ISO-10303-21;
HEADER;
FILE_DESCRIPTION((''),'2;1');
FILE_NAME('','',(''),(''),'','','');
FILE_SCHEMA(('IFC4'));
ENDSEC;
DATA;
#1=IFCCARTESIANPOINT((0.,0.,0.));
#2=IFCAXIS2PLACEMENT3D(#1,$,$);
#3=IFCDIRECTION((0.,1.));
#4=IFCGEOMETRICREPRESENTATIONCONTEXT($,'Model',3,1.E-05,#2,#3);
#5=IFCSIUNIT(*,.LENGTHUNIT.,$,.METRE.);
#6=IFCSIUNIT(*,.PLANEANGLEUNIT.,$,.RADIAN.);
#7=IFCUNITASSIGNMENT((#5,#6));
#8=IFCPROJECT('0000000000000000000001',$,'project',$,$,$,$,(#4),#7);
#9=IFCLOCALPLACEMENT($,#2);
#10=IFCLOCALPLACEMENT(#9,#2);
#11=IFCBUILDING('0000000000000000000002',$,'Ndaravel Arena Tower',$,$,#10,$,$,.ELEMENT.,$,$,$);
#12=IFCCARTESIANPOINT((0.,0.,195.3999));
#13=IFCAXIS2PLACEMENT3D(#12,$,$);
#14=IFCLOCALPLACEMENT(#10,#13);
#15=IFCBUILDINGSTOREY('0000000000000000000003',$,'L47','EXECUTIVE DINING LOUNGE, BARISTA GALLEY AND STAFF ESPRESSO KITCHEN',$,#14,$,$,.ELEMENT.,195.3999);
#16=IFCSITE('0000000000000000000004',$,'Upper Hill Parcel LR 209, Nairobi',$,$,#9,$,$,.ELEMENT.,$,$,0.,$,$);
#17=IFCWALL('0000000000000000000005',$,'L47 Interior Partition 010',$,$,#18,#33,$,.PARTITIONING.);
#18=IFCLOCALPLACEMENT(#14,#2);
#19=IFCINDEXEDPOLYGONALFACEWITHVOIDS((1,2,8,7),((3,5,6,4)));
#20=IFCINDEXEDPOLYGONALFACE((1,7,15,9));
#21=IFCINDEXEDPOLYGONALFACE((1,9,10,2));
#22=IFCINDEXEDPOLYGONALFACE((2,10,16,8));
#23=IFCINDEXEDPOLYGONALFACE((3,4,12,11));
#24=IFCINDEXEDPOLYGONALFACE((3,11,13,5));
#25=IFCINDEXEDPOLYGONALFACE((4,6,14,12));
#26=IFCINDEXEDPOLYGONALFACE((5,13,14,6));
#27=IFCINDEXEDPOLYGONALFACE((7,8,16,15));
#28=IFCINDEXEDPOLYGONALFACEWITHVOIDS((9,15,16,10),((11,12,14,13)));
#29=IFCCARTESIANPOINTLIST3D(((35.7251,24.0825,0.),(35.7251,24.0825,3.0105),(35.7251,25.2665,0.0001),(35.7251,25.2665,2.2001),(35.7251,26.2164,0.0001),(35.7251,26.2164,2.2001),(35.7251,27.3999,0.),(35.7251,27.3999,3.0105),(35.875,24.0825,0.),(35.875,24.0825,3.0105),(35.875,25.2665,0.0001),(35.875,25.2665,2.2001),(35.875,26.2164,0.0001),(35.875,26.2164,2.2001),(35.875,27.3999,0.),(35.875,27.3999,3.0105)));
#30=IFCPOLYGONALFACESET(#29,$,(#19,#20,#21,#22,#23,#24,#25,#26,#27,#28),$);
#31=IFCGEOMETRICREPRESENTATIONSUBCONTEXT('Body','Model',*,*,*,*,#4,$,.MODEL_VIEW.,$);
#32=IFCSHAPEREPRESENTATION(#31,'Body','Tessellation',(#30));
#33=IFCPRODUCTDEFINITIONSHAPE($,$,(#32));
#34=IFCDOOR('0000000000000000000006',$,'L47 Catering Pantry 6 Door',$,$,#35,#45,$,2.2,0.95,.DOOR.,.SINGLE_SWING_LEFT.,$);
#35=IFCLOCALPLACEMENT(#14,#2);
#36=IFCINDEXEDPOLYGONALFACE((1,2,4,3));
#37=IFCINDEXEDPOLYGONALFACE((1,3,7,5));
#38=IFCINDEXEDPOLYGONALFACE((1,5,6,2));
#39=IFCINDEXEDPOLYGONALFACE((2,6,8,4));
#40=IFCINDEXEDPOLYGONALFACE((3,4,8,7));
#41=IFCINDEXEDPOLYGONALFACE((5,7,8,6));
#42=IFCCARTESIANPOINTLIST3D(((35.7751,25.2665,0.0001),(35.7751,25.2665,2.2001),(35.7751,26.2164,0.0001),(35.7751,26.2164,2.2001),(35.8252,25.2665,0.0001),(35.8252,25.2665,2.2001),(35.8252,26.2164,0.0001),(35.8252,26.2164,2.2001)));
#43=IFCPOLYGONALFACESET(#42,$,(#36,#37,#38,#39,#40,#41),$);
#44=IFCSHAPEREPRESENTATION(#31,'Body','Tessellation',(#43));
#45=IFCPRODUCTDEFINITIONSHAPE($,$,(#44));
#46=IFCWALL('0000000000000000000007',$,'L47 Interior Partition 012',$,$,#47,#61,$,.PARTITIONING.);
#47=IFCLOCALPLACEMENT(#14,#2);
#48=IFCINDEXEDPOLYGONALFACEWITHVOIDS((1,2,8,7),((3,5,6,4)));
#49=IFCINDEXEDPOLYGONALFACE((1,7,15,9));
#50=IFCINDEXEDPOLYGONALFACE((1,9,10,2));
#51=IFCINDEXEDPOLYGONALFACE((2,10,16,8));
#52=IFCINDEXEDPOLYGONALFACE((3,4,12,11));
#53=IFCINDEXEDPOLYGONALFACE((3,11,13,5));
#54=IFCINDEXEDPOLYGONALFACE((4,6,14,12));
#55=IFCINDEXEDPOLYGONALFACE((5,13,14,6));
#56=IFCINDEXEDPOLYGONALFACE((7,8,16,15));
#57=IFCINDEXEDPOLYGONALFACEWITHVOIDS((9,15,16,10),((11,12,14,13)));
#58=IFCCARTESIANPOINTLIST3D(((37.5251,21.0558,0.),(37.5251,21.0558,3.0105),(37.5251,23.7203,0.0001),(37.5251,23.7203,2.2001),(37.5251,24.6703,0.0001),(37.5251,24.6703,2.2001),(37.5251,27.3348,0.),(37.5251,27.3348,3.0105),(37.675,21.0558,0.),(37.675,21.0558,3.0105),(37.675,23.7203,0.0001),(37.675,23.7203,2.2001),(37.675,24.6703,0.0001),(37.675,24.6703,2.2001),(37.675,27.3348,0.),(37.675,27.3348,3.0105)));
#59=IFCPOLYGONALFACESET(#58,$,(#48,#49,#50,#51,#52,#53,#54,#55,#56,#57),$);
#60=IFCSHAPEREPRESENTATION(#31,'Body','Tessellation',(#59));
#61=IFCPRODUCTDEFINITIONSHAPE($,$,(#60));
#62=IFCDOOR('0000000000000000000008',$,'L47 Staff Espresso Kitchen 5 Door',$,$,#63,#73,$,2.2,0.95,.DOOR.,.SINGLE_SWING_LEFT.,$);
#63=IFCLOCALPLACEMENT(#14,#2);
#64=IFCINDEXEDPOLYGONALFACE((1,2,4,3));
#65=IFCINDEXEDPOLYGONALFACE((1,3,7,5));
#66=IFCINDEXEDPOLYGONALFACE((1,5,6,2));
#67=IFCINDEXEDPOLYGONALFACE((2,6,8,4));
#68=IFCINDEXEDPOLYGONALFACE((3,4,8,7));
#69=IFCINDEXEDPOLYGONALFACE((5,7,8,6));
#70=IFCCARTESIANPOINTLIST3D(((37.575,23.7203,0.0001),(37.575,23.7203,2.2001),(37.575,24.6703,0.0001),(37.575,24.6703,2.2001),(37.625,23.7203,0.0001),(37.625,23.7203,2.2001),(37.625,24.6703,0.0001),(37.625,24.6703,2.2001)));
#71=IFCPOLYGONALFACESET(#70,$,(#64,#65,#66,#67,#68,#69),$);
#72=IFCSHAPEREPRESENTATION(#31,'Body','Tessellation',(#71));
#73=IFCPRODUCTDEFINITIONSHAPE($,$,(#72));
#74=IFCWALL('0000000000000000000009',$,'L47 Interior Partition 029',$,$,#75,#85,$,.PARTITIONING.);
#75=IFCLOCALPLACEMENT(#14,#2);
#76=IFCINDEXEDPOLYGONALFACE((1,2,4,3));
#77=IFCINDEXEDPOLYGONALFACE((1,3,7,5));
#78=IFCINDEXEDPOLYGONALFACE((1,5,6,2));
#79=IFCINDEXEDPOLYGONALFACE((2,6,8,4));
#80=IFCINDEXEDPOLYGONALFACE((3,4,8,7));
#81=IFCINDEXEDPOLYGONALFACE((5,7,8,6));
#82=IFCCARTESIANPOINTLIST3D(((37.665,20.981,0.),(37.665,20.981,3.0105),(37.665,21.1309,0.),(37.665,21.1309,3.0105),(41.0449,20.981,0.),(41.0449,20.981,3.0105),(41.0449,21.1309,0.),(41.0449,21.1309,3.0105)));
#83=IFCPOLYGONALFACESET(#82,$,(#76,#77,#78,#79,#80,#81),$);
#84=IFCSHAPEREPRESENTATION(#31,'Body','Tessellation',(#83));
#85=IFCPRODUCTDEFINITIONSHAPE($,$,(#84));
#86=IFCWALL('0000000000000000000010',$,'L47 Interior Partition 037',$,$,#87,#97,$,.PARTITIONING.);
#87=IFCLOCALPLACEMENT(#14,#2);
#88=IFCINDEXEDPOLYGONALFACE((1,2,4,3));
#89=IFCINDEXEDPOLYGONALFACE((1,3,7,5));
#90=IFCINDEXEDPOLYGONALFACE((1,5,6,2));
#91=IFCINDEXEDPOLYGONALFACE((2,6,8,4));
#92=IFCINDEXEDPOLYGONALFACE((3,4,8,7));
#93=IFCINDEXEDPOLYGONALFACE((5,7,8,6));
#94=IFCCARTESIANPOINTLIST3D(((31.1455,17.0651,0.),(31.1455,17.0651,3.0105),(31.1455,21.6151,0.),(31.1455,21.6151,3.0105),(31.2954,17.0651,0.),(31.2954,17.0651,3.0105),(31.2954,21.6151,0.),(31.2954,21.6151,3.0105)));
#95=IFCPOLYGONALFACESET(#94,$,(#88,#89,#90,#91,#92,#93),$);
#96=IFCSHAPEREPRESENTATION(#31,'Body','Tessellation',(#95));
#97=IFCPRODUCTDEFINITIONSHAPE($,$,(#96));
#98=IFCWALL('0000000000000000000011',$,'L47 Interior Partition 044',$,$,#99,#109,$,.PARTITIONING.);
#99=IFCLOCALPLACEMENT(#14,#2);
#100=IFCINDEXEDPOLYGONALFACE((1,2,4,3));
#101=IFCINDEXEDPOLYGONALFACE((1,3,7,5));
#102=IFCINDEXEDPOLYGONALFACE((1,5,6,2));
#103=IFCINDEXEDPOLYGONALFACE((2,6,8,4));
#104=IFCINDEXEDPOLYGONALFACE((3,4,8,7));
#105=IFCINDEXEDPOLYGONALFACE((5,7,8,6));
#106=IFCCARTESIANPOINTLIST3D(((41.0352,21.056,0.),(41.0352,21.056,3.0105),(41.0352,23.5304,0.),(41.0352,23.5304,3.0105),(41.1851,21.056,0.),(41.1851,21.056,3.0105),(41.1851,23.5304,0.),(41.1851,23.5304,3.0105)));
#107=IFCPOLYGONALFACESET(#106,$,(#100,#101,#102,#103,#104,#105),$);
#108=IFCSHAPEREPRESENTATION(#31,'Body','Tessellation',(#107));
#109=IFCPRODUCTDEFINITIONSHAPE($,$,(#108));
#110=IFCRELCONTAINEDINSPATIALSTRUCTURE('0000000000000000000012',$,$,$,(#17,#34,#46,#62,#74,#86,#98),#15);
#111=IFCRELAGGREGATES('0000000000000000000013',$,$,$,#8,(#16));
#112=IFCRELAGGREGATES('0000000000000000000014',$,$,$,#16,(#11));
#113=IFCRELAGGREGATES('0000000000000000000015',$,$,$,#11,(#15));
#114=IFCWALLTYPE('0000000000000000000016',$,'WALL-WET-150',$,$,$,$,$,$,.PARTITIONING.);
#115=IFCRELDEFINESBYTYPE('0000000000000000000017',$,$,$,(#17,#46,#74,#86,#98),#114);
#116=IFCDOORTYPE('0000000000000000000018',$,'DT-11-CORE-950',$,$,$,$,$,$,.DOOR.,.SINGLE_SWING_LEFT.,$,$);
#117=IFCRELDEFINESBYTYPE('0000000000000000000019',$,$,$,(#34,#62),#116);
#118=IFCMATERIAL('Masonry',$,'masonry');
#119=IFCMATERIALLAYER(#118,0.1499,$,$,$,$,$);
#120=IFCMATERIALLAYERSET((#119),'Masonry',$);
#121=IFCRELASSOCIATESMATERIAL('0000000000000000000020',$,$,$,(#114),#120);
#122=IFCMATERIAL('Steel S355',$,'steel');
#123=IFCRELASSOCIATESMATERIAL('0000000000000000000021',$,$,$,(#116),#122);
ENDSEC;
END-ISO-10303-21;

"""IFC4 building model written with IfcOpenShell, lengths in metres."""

from ifc_helpers import new_model, si_unit, direction, frame, frame_2d, origin, place, context, subcontext, project, spatial, rectangle, extrude, material, layer, layer_set, type_object, element, fill, save


model = new_model("IFC4")

# Units and contexts
model_context = context("Model", 3, precision=1e-05, world=origin(), true_north=direction((0.0, 1.0)))
body_context = subcontext(model_context, "Body", "Model", "MODEL_VIEW")
ifc_project = project(units=[si_unit("LENGTHUNIT", "METRE"), si_unit("PLANEANGLEUNIT", "RADIAN")], contexts=[model_context])

# Site, building, storey
site_placement = place(None, origin())
site = spatial("IfcSite", under=ifc_project, at=site_placement, Name="Upper Hill Parcel LR 209, Nairobi", CompositionType="ELEMENT", RefElevation=0.0)
building_placement = place(site_placement, origin())
building = spatial("IfcBuilding", under=site, at=building_placement, Name="Ndaravel Arena Tower", CompositionType="ELEMENT")
storey_placement = place(building_placement, frame((0.0, 0.0, 195.3999)))
storey = spatial("IfcBuildingStorey", under=building, at=storey_placement, Name="L47", Description="EXECUTIVE DINING LOUNGE, BARISTA GALLEY AND STAFF ESPRESSO KITCHEN", CompositionType="ELEMENT", Elevation=195.3999)

# Walls, openings, doors
ifc_material_1 = material(Name="Masonry", Category="masonry")
ifc_layer_1 = layer(ifc_material_1, 0.1499)
ifc_layer_set_1 = layer_set([ifc_layer_1], Name="Masonry")
wall_type_1 = type_object("IfcWallType", Name="WALL-WET-150", PredefinedType="PARTITIONING", material=ifc_layer_set_1)
wall_1_placement = place(storey_placement, frame((35.8, 24.0825, 0.0), z_axis=(0.0, 0.0, 1.0), x_axis=(0.0, 1.0, 0.0)))
wall_1 = element("IfcWall", 1, at=wall_1_placement, inside=storey, type_object=wall_type_1, Name="L47 Interior Partition 010", PredefinedType="PARTITIONING", context=body_context, shape_type="SweptSolid", body=[
    extrude(rectangle(XDim=3.3174, YDim=0.1499, at=frame_2d((1.6587, 0.0))), origin(), (0.0, 0.0, 1.0), 3.0105),
])
opening_1_placement = place(wall_1_placement, frame((1.1838, 0.0, 0.0)))
opening_1 = element("IfcOpeningElement", 2, at=opening_1_placement, cuts=wall_1, PredefinedType="OPENING", context=body_context, shape_type="SweptSolid", body=[
    extrude(rectangle(XDim=0.95, YDim=2.2, at=frame_2d((0.4751, 1.1001))), frame((0.0, 0.075, 0.0), z_axis=(0.0, -1.0, 0.0), x_axis=(1.0, 0.0, 0.0)), (0.0, 0.0, 1.0), 0.1499),
])
ifc_material_2 = material(Name="Steel S355", Category="steel")
door_type_1 = type_object("IfcDoorType", Name="DT-11-CORE-950", OperationType="SINGLE_SWING_LEFT", PredefinedType="DOOR", material=ifc_material_2)
door_1_placement = place(opening_1_placement, origin())
door_1 = element("IfcDoor", 3, at=door_1_placement, inside=storey, type_object=door_type_1, Name="L47 Catering Pantry 6 Door", OperationType="SINGLE_SWING_LEFT", OverallHeight=2.2, OverallWidth=0.95, PredefinedType="DOOR", context=body_context, shape_type="SweptSolid", body=[
    extrude(rectangle(XDim=0.95, YDim=2.2, at=frame_2d((0.4751, 1.1001))), frame((0.0, 0.0249, 0.0), z_axis=(0.0, -1.0, 0.0), x_axis=(1.0, 0.0, 0.0)), (0.0, 0.0, 1.0), 0.05),
])
fill(opening_1, door_1)
wall_2_placement = place(storey_placement, frame((37.6001, 27.335, 0.0), z_axis=(0.0, 0.0, 1.0), x_axis=(0.0, -1.0, 0.0)))
wall_2 = element("IfcWall", 4, at=wall_2_placement, inside=storey, type_object=wall_type_1, Name="L47 Interior Partition 012", PredefinedType="PARTITIONING", context=body_context, shape_type="SweptSolid", body=[
    extrude(rectangle(XDim=6.2791, YDim=0.1499, at=frame_2d((3.1396, 0.0))), origin(), (0.0, 0.0, 1.0), 3.0105),
])
opening_2_placement = place(wall_2_placement, frame((2.6646, 0.0, 0.0)))
opening_2 = element("IfcOpeningElement", 5, at=opening_2_placement, cuts=wall_2, PredefinedType="OPENING", context=body_context, shape_type="SweptSolid", body=[
    extrude(rectangle(XDim=0.95, YDim=2.2, at=frame_2d((0.4751, 1.1001))), frame((0.0, 0.075, 0.0), z_axis=(0.0, -1.0, 0.0), x_axis=(1.0, 0.0, 0.0)), (0.0, 0.0, 1.0), 0.1499),
])
door_2_placement = place(opening_2_placement, origin())
door_2 = element("IfcDoor", 6, at=door_2_placement, inside=storey, type_object=door_type_1, Name="L47 Staff Espresso Kitchen 5 Door", OperationType="SINGLE_SWING_LEFT", OverallHeight=2.2, OverallWidth=0.95, PredefinedType="DOOR", context=body_context, shape_type="SweptSolid", body=[
    extrude(rectangle(XDim=0.95, YDim=2.2, at=frame_2d((0.4751, 1.1001))), frame((0.0, 0.0249, 0.0), z_axis=(0.0, -1.0, 0.0), x_axis=(1.0, 0.0, 0.0)), (0.0, 0.0, 1.0), 0.05),
])
fill(opening_2, door_2)

# Walls
wall_3_placement = place(storey_placement, frame((37.665, 21.0559, 0.0), z_axis=(0.0, 0.0, 1.0), x_axis=(1.0, 0.0, 0.0)))
element("IfcWall", 7, at=wall_3_placement, inside=storey, type_object=wall_type_1, Name="L47 Interior Partition 029", PredefinedType="PARTITIONING", context=body_context, shape_type="SweptSolid", body=[
    extrude(rectangle(XDim=3.3799, YDim=0.1499, at=frame_2d((1.6899, 0.0))), origin(), (0.0, 0.0, 1.0), 3.0105),
])
wall_4_placement = place(storey_placement, frame((31.2205, 21.615, 0.0), z_axis=(0.0, 0.0, 1.0), x_axis=(0.0, -1.0, 0.0)))
element("IfcWall", 8, at=wall_4_placement, inside=storey, type_object=wall_type_1, Name="L47 Interior Partition 037", PredefinedType="PARTITIONING", context=body_context, shape_type="SweptSolid", body=[
    extrude(rectangle(XDim=4.55, YDim=0.1499, at=frame_2d((2.2749, 0.0))), origin(), (0.0, 0.0, 1.0), 3.0105),
])
wall_5_placement = place(storey_placement, frame((41.1101, 21.0559, 0.0), z_axis=(0.0, 0.0, 1.0), x_axis=(0.0, 1.0, 0.0)))
element("IfcWall", 9, at=wall_5_placement, inside=storey, type_object=wall_type_1, Name="L47 Interior Partition 044", PredefinedType="PARTITIONING", context=body_context, shape_type="SweptSolid", body=[
    extrude(rectangle(XDim=2.4744, YDim=0.1499, at=frame_2d((1.2373, 0.0))), origin(), (0.0, 0.0, 1.0), 3.0105),
])

save(model, "model.ifc")
